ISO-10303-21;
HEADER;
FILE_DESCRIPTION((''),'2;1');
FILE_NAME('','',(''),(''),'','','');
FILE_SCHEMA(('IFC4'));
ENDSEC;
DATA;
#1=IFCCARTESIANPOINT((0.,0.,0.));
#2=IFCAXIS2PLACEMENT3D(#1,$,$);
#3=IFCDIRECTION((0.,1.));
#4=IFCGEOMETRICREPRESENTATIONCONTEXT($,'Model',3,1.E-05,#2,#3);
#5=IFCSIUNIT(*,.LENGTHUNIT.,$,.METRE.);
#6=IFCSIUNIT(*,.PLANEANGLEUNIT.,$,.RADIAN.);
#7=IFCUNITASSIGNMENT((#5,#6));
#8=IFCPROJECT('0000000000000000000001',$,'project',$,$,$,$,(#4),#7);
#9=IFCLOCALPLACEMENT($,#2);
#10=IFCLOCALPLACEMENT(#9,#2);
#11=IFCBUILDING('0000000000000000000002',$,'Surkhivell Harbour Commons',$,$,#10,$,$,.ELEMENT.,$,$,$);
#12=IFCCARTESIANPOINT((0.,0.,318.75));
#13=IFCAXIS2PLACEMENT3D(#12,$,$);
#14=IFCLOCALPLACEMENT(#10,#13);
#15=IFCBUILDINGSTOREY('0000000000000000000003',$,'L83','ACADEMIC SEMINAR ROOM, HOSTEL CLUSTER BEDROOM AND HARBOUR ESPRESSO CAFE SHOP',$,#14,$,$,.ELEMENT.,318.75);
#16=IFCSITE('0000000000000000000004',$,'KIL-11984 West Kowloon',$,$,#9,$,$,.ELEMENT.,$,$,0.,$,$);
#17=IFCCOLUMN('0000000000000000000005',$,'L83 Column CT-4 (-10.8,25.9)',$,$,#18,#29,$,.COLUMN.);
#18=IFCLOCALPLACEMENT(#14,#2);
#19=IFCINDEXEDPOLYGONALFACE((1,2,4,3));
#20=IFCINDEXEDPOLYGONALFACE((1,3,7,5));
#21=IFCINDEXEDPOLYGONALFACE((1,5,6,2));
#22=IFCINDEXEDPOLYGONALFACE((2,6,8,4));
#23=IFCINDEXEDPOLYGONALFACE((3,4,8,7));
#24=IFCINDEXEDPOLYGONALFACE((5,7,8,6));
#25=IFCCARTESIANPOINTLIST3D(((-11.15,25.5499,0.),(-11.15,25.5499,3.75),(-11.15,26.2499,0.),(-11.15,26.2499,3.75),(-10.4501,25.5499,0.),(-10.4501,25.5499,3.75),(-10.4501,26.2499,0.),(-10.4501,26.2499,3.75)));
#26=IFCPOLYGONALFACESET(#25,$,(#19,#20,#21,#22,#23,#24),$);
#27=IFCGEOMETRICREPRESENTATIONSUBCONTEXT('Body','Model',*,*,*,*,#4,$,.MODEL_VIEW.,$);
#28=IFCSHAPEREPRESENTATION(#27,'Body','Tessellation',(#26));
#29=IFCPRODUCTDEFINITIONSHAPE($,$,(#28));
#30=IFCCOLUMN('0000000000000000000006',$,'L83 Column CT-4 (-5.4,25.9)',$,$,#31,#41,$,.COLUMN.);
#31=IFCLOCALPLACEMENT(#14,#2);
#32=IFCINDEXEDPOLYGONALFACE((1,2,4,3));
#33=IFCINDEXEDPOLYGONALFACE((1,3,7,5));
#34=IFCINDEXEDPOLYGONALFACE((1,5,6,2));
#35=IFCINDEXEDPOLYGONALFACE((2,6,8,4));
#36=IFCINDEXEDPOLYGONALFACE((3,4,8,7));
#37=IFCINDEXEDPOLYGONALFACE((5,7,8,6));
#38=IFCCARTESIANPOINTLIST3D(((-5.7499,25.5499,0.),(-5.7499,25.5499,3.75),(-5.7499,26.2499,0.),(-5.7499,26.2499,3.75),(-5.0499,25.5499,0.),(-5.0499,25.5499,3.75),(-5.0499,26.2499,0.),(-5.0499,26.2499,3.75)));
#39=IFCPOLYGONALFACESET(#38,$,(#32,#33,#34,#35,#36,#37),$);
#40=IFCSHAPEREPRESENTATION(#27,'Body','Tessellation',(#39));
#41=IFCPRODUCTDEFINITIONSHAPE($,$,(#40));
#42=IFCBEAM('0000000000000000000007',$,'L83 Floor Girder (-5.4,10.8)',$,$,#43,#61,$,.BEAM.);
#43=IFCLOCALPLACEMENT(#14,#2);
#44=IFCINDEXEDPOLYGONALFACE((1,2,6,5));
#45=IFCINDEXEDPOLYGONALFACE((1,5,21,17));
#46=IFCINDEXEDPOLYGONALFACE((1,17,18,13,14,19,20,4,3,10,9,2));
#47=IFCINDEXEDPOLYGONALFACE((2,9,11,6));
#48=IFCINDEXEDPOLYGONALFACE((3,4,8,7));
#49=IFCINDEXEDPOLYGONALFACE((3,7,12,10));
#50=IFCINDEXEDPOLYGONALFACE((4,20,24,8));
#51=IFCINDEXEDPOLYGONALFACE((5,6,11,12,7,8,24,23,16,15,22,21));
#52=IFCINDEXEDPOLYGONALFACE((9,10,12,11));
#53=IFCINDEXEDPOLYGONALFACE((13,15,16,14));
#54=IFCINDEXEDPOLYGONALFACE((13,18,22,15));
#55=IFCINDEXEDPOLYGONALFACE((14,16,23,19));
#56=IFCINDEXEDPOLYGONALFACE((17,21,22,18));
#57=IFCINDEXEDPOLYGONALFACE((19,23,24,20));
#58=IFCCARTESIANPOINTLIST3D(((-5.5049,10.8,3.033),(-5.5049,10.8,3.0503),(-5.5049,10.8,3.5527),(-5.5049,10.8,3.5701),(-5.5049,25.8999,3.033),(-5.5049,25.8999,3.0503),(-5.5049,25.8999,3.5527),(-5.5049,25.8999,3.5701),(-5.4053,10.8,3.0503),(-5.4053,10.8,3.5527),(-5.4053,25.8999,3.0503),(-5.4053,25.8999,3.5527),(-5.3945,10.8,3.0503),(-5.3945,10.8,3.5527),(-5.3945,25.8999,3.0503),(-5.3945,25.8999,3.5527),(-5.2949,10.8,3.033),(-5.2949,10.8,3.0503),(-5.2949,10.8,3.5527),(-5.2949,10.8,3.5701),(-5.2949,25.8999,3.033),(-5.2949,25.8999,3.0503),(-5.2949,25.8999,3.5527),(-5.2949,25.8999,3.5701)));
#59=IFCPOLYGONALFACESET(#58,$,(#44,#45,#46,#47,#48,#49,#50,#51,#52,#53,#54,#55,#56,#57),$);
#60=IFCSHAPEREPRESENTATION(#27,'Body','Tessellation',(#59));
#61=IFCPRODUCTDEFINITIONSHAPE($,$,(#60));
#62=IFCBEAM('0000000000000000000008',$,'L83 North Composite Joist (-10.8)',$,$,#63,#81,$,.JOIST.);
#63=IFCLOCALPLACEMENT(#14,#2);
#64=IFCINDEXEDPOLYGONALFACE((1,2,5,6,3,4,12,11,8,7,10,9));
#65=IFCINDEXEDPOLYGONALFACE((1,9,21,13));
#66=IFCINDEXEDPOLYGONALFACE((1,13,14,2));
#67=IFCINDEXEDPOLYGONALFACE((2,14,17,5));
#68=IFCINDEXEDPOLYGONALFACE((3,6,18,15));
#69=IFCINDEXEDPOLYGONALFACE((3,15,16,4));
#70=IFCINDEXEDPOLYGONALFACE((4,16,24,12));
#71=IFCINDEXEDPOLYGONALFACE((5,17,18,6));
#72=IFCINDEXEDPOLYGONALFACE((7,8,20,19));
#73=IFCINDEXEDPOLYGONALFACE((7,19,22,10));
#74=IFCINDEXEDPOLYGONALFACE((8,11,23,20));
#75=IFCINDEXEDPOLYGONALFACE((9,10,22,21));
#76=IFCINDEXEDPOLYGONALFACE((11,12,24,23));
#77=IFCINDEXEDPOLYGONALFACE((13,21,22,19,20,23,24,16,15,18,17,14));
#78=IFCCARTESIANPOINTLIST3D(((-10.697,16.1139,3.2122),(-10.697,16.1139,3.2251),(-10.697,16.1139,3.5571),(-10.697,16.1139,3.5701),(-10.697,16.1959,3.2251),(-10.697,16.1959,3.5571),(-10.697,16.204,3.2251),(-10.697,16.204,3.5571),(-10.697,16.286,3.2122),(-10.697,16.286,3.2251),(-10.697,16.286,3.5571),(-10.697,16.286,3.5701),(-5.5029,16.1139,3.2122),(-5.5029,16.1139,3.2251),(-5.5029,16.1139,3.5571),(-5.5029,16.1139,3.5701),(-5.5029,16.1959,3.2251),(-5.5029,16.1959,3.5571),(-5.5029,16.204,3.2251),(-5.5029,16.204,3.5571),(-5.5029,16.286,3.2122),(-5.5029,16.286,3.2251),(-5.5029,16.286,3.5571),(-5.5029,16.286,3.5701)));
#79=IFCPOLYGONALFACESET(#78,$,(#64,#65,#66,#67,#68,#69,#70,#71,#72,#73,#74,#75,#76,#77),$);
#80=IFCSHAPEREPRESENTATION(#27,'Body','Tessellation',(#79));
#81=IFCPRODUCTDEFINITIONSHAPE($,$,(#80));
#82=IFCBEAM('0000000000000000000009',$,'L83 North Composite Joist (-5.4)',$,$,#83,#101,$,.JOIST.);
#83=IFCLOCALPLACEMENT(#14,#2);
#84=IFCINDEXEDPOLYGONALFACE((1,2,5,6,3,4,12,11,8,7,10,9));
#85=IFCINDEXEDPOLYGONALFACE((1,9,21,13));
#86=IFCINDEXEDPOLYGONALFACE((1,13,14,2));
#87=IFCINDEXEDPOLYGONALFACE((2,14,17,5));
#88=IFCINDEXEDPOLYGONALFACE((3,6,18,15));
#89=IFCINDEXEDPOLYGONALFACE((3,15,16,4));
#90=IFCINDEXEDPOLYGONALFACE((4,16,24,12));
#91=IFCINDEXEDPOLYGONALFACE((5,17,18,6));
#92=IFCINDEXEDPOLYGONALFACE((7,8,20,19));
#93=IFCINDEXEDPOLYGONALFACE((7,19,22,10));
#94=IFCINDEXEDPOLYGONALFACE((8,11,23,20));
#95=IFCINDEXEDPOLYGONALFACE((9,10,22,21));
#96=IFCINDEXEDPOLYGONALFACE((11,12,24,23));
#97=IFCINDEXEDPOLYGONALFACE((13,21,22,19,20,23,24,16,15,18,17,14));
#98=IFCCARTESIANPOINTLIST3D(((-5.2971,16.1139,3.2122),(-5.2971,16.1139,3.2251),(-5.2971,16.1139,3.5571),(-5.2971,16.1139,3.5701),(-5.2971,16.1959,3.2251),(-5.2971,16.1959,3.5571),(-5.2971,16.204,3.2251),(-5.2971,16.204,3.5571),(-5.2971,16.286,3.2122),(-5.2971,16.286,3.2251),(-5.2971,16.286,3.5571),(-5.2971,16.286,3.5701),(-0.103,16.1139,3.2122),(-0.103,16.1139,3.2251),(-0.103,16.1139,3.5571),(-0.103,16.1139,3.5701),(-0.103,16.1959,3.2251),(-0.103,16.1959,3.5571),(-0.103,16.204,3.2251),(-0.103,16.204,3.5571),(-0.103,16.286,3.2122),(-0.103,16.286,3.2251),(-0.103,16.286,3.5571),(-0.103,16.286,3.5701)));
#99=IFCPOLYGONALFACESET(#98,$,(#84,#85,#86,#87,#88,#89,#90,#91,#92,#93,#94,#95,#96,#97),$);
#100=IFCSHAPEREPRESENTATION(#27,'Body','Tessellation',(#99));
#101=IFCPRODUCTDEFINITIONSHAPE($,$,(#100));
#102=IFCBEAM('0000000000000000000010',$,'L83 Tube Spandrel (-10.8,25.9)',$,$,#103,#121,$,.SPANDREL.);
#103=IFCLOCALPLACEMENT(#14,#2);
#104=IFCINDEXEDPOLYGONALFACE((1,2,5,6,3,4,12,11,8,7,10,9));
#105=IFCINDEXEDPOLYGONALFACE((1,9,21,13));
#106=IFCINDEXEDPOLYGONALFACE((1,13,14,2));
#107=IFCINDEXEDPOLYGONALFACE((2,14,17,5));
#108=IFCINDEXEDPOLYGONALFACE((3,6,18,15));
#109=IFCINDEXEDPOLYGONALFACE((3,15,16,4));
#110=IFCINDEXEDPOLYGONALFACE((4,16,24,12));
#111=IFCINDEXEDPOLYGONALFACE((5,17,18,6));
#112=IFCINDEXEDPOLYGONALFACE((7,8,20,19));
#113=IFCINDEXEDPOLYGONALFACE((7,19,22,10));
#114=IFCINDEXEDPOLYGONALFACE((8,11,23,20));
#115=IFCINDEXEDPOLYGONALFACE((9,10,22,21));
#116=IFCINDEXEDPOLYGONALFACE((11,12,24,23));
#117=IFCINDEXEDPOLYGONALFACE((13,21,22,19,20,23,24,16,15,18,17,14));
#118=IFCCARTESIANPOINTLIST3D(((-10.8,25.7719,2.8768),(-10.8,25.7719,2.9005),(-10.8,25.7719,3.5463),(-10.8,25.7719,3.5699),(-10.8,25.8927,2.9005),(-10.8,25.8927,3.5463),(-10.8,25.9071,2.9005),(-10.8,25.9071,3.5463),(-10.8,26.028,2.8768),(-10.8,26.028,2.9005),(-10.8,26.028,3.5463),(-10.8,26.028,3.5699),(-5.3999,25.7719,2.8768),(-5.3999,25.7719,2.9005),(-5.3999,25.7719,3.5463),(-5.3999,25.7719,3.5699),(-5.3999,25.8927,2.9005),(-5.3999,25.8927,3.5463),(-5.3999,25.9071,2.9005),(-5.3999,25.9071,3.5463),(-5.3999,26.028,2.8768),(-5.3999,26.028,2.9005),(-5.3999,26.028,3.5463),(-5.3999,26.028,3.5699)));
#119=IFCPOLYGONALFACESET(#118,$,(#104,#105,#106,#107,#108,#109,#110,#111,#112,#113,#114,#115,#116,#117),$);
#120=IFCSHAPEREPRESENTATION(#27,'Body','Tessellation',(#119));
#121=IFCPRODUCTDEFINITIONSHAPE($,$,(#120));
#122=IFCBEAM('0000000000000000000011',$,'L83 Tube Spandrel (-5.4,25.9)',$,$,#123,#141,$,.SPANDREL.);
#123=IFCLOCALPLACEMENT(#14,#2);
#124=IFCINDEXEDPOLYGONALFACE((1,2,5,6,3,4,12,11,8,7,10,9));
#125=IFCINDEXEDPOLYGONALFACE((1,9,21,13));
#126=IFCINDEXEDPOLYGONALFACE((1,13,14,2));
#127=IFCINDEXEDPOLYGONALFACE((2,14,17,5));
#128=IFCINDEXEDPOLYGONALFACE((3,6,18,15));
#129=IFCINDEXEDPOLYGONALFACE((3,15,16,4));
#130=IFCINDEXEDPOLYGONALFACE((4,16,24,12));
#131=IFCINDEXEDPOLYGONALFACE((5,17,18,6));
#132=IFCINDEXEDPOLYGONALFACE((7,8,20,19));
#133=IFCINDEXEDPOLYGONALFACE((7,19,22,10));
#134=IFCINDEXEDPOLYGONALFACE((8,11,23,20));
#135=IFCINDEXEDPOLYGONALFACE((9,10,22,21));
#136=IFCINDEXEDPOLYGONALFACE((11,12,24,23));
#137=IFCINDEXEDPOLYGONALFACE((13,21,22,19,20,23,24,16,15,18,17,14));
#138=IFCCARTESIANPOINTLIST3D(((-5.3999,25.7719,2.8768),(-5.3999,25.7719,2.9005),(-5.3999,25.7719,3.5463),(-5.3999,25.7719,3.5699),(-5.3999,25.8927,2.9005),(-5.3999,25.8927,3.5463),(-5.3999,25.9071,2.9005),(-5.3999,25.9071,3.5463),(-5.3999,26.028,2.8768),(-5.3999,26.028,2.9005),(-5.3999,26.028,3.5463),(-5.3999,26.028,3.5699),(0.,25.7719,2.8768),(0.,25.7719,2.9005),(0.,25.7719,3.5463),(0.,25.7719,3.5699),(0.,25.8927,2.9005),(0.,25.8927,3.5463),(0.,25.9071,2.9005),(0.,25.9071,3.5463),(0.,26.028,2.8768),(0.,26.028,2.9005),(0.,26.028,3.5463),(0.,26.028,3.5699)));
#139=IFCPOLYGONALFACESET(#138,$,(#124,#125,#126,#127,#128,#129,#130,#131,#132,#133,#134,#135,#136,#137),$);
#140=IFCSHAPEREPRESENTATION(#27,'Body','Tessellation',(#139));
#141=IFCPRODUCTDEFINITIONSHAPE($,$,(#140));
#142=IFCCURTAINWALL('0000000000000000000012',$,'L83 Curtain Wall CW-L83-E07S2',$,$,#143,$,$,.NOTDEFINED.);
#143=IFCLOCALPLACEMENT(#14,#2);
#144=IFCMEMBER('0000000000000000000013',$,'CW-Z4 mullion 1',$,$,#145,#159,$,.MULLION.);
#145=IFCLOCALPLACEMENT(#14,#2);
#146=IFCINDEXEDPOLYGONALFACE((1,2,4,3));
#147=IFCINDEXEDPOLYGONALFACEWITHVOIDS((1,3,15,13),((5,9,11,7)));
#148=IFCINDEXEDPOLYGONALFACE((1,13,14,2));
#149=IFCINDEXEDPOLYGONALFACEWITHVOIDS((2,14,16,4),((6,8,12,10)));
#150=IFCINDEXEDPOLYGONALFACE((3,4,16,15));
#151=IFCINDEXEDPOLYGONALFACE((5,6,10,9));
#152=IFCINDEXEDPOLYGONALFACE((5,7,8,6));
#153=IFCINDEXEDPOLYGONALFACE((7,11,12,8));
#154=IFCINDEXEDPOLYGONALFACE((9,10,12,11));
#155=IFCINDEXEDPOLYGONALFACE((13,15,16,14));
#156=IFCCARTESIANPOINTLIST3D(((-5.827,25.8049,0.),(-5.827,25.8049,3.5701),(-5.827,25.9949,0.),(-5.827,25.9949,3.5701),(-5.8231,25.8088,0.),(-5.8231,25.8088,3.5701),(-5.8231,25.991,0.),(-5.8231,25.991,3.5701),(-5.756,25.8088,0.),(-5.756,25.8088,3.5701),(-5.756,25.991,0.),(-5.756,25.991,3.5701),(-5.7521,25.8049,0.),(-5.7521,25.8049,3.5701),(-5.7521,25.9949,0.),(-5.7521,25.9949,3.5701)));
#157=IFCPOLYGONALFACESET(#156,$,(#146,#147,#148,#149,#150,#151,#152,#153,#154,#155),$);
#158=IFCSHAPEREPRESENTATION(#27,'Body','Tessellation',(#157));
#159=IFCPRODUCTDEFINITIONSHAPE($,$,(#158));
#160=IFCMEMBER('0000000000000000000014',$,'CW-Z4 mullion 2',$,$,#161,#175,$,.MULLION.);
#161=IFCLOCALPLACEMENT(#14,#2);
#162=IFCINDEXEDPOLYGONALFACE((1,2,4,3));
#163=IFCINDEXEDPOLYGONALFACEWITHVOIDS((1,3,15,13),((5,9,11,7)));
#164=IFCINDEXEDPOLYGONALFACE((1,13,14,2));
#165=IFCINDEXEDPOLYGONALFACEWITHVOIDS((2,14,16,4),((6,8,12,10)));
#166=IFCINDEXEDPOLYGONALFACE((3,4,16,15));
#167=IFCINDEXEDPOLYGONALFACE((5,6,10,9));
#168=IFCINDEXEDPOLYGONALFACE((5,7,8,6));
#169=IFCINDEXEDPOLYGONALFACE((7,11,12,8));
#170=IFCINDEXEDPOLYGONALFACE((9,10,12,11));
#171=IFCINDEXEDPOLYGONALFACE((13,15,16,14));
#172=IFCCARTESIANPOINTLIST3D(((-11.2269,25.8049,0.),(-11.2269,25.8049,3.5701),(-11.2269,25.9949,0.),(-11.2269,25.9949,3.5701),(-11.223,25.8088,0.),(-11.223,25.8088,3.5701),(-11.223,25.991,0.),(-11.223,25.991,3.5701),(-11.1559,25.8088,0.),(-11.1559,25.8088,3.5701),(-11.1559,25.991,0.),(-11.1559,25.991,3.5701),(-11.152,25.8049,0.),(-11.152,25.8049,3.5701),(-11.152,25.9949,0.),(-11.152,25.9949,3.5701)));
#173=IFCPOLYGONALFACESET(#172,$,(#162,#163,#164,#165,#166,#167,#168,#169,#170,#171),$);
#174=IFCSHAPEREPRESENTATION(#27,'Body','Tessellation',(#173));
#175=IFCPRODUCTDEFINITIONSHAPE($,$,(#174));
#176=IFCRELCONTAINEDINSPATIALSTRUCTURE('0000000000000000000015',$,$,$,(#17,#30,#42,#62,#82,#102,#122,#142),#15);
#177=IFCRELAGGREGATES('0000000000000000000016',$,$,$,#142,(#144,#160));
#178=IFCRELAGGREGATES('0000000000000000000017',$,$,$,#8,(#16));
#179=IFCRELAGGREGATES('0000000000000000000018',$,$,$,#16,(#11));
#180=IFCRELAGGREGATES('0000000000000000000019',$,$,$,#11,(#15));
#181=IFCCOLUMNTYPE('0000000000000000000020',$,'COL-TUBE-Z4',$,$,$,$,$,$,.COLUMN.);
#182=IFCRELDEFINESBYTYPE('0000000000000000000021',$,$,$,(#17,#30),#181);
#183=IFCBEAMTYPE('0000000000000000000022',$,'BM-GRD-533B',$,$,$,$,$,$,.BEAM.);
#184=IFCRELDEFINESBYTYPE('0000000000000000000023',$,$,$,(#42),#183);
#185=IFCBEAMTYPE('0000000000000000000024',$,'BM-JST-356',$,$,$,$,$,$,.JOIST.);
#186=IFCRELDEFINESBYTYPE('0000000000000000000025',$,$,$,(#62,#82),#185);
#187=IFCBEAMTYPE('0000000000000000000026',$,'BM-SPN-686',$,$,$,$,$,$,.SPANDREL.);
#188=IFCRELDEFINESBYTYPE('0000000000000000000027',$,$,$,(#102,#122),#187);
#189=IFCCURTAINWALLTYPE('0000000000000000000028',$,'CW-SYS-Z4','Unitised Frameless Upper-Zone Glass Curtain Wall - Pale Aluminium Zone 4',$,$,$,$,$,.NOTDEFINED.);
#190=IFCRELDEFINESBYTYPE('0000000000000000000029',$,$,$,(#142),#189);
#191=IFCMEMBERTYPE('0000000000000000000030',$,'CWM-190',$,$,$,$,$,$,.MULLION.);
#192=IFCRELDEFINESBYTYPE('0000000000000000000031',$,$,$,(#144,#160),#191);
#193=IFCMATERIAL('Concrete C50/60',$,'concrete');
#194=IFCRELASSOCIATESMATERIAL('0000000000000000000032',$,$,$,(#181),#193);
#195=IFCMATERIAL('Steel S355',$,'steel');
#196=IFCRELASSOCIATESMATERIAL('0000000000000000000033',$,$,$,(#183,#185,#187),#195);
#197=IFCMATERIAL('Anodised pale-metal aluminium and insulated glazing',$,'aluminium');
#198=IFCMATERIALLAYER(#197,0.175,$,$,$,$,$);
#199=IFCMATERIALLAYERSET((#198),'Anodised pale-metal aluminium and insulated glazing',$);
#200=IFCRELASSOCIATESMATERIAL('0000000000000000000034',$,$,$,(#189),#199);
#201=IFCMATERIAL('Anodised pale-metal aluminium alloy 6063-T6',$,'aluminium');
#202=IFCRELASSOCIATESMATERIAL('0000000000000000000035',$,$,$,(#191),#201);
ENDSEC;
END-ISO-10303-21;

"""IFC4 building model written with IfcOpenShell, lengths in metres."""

from ifc_helpers import new_model, si_unit, direction, frame, origin, origin_2d, place, context, subcontext, project, spatial, rectangle, hollow_rectangle, i_section, extrude, material, layer, layer_set, material_profile, profile_set, type_object, element, aggregate, save


model = new_model("IFC4")

# Units and contexts
model_context = context("Model", 3, precision=1e-05, world=origin(), true_north=direction((0.0, 1.0)))
body_context = subcontext(model_context, "Body", "Model", "MODEL_VIEW")
ifc_project = project(units=[si_unit("LENGTHUNIT", "METRE"), si_unit("PLANEANGLEUNIT", "RADIAN")], contexts=[model_context])

# Site, building, storey
site_placement = place(None, origin())
site = spatial("IfcSite", under=ifc_project, at=site_placement, Name="KIL-11984 West Kowloon", CompositionType="ELEMENT", RefElevation=0.0)
building_placement = place(site_placement, origin())
building = spatial("IfcBuilding", under=site, at=building_placement, Name="Surkhivell Harbour Commons", CompositionType="ELEMENT")
storey_placement = place(building_placement, frame((0.0, 0.0, 318.75)))
storey = spatial("IfcBuildingStorey", under=building, at=storey_placement, Name="L83", Description="ACADEMIC SEMINAR ROOM, HOSTEL CLUSTER BEDROOM AND HARBOUR ESPRESSO CAFE SHOP", CompositionType="ELEMENT", Elevation=318.75)

# Columns
ifc_material_1 = material(Name="Concrete C50/60", Category="concrete")
ifc_material_profile_1 = material_profile(ifc_material_1, rectangle(XDim=0.7, YDim=0.7, at=origin_2d()), Name="RC-COL-700x700")
ifc_profile_set_1 = profile_set([ifc_material_profile_1], Name="Concrete C50/60")
column_type = type_object("IfcColumnType", Name="COL-TUBE-Z4", PredefinedType="COLUMN", material=ifc_profile_set_1)
for number, where, z_axis, x_axis, name in (
    (1, (-10.8, 25.8999, 0.0), (0.0, 0.0, 1.0), (1.0, 0.0, 0.0), "L83 Column CT-4 (-10.8,25.9)"),
    (2, (-5.3999, 25.8999, 0.0), (0.0, 0.0, 1.0), (1.0, 0.0, 0.0), "L83 Column CT-4 (-5.4,25.9)"),
):
    element("IfcColumn", number, at=place(storey_placement, frame(where, z_axis=z_axis, x_axis=x_axis)), inside=storey, type_object=column_type, Name=name, PredefinedType="COLUMN", context=body_context, shape_type="SweptSolid", body=[
        extrude(rectangle(XDim=0.7, YDim=0.7, at=origin_2d()), origin(), (0.0, 0.0, 1.0), 3.75),
    ])

# Beams
ifc_material_2 = material(Name="Steel S355", Category="steel")
ifc_material_profile_2 = material_profile(ifc_material_2, i_section(OverallWidth=0.21, OverallDepth=0.5371, WebThickness=0.0107, FlangeThickness=0.0173, at=origin_2d()), Name="UB533x210x101")
ifc_profile_set_2 = profile_set([ifc_material_profile_2], Name="Steel S355")
beam_type_1 = type_object("IfcBeamType", Name="BM-GRD-533B", PredefinedType="BEAM", material=ifc_profile_set_2)
beam_1_placement = place(storey_placement, frame((-5.3999, 10.8, 3.3015), z_axis=(0.0, 1.0, 0.0), x_axis=(-1.0, 0.0, 0.0)))
element("IfcBeam", 3, at=beam_1_placement, inside=storey, type_object=beam_type_1, Name="L83 Floor Girder (-5.4,10.8)", PredefinedType="BEAM", context=body_context, shape_type="SweptSolid", body=[
    extrude(i_section(OverallWidth=0.21, OverallDepth=0.5371, WebThickness=0.0107, FlangeThickness=0.0173, at=origin_2d()), origin(), (0.0, 0.0, 1.0), 15.0999),
])
ifc_material_profile_3 = material_profile(ifc_material_2, i_section(OverallWidth=0.1721, OverallDepth=0.3579, WebThickness=0.0081, FlangeThickness=0.0129, at=origin_2d()), Name="UB356x171x57")
ifc_profile_set_3 = profile_set([ifc_material_profile_3], Name="Steel S355")
beam_type_2 = type_object("IfcBeamType", Name="BM-JST-356", PredefinedType="JOIST", material=ifc_profile_set_3)
for number, where, z_axis, x_axis, name in (
    (4, (-10.697, 16.2, 3.3911), (1.0, 0.0, 0.0), (0.0, 1.0, 0.0), "L83 North Composite Joist (-10.8)"),
    (5, (-5.2971, 16.2, 3.3911), (1.0, 0.0, 0.0), (0.0, 1.0, 0.0), "L83 North Composite Joist (-5.4)"),
):
    element("IfcBeam", number, at=place(storey_placement, frame(where, z_axis=z_axis, x_axis=x_axis)), inside=storey, type_object=beam_type_2, Name=name, PredefinedType="JOIST", context=body_context, shape_type="SweptSolid", body=[
        extrude(i_section(OverallWidth=0.1721, OverallDepth=0.3579, WebThickness=0.0081, FlangeThickness=0.0129, at=origin_2d()), origin(), (0.0, 0.0, 1.0), 5.1941),
    ])
ifc_material_profile_4 = material_profile(ifc_material_2, i_section(OverallWidth=0.2561, OverallDepth=0.6931, WebThickness=0.0144, FlangeThickness=0.0237, at=origin_2d()), Name="UB686x254x170")
ifc_profile_set_4 = profile_set([ifc_material_profile_4], Name="Steel S355")
beam_type_3 = type_object("IfcBeamType", Name="BM-SPN-686", PredefinedType="SPANDREL", material=ifc_profile_set_4)
beam_2_placement = place(storey_placement, frame((-10.8, 25.8999, 3.2234), z_axis=(1.0, 0.0, 0.0), x_axis=(0.0, 1.0, 0.0)))
element("IfcBeam", 6, at=beam_2_placement, inside=storey, type_object=beam_type_3, Name="L83 Tube Spandrel (-10.8,25.9)", PredefinedType="SPANDREL", context=body_context, shape_type="SweptSolid", body=[
    extrude(i_section(OverallWidth=0.2561, OverallDepth=0.6931, WebThickness=0.0144, FlangeThickness=0.0237, at=origin_2d()), origin(), (0.0, 0.0, 1.0), 5.4001),
])
beam_3_placement = place(storey_placement, frame((-5.3999, 25.8999, 3.2234), z_axis=(1.0, 0.0, 0.0), x_axis=(0.0, 1.0, 0.0)))
element("IfcBeam", 7, at=beam_3_placement, inside=storey, type_object=beam_type_3, Name="L83 Tube Spandrel (-5.4,25.9)", PredefinedType="SPANDREL", context=body_context, shape_type="SweptSolid", body=[
    extrude(i_section(OverallWidth=0.2561, OverallDepth=0.6931, WebThickness=0.0144, FlangeThickness=0.0237, at=origin_2d()), origin(), (0.0, 0.0, 1.0), 5.3999),
])

# Curtain wall, members
ifc_material_3 = material(Name="Anodised pale-metal aluminium and insulated glazing", Category="aluminium")
ifc_layer_1 = layer(ifc_material_3, 0.175)
ifc_layer_set_1 = layer_set([ifc_layer_1], Name="Anodised pale-metal aluminium and insulated glazing")
curtain_wall_type = type_object("IfcCurtainWallType", Name="CW-SYS-Z4", Description="Unitised Frameless Upper-Zone Glass Curtain Wall - Pale Aluminium Zone 4", PredefinedType="NOTDEFINED", material=ifc_layer_set_1)
curtain_wall_placement = place(storey_placement, origin())
curtain_wall = element("IfcCurtainWall", 8, at=curtain_wall_placement, inside=storey, type_object=curtain_wall_type, Name="L83 Curtain Wall CW-L83-E07S2", PredefinedType="NOTDEFINED")
ifc_material_4 = material(Name="Anodised pale-metal aluminium alloy 6063-T6", Category="aluminium")
ifc_material_profile_5 = material_profile(ifc_material_4, hollow_rectangle(XDim=0.075, YDim=0.1899, WallThickness=0.0039, at=origin_2d()), Name="ALU-MULL-75x190")
ifc_profile_set_5 = profile_set([ifc_material_profile_5], Name="Anodised pale-metal aluminium alloy 6063-T6")
member_type_1 = type_object("IfcMemberType", Name="CWM-190", PredefinedType="MULLION", material=ifc_profile_set_5)
member_1_placement = place(storey_placement, frame((-5.7896, 25.8999, 0.0), z_axis=(0.0, 0.0, 1.0), x_axis=(-1.0, 0.0, 0.0)))
member_1 = element("IfcMember", 9, at=member_1_placement, type_object=member_type_1, Name="CW-Z4 mullion 1", PredefinedType="MULLION", context=body_context, shape_type="SweptSolid", body=[
    extrude(hollow_rectangle(XDim=0.075, YDim=0.1899, WallThickness=0.0039, at=origin_2d()), origin(), (0.0, 0.0, 1.0), 3.5701),
])
member_2_placement = place(storey_placement, frame((-11.1895, 25.8999, 0.0), z_axis=(0.0, 0.0, 1.0), x_axis=(-1.0, 0.0, 0.0)))
member_2 = element("IfcMember", 10, at=member_2_placement, type_object=member_type_1, Name="CW-Z4 mullion 2", PredefinedType="MULLION", context=body_context, shape_type="SweptSolid", body=[
    extrude(hollow_rectangle(XDim=0.075, YDim=0.1899, WallThickness=0.0039, at=origin_2d()), origin(), (0.0, 0.0, 1.0), 3.5701),
])
aggregate(curtain_wall, [member_1, member_2])

save(model, "model.ifc")
